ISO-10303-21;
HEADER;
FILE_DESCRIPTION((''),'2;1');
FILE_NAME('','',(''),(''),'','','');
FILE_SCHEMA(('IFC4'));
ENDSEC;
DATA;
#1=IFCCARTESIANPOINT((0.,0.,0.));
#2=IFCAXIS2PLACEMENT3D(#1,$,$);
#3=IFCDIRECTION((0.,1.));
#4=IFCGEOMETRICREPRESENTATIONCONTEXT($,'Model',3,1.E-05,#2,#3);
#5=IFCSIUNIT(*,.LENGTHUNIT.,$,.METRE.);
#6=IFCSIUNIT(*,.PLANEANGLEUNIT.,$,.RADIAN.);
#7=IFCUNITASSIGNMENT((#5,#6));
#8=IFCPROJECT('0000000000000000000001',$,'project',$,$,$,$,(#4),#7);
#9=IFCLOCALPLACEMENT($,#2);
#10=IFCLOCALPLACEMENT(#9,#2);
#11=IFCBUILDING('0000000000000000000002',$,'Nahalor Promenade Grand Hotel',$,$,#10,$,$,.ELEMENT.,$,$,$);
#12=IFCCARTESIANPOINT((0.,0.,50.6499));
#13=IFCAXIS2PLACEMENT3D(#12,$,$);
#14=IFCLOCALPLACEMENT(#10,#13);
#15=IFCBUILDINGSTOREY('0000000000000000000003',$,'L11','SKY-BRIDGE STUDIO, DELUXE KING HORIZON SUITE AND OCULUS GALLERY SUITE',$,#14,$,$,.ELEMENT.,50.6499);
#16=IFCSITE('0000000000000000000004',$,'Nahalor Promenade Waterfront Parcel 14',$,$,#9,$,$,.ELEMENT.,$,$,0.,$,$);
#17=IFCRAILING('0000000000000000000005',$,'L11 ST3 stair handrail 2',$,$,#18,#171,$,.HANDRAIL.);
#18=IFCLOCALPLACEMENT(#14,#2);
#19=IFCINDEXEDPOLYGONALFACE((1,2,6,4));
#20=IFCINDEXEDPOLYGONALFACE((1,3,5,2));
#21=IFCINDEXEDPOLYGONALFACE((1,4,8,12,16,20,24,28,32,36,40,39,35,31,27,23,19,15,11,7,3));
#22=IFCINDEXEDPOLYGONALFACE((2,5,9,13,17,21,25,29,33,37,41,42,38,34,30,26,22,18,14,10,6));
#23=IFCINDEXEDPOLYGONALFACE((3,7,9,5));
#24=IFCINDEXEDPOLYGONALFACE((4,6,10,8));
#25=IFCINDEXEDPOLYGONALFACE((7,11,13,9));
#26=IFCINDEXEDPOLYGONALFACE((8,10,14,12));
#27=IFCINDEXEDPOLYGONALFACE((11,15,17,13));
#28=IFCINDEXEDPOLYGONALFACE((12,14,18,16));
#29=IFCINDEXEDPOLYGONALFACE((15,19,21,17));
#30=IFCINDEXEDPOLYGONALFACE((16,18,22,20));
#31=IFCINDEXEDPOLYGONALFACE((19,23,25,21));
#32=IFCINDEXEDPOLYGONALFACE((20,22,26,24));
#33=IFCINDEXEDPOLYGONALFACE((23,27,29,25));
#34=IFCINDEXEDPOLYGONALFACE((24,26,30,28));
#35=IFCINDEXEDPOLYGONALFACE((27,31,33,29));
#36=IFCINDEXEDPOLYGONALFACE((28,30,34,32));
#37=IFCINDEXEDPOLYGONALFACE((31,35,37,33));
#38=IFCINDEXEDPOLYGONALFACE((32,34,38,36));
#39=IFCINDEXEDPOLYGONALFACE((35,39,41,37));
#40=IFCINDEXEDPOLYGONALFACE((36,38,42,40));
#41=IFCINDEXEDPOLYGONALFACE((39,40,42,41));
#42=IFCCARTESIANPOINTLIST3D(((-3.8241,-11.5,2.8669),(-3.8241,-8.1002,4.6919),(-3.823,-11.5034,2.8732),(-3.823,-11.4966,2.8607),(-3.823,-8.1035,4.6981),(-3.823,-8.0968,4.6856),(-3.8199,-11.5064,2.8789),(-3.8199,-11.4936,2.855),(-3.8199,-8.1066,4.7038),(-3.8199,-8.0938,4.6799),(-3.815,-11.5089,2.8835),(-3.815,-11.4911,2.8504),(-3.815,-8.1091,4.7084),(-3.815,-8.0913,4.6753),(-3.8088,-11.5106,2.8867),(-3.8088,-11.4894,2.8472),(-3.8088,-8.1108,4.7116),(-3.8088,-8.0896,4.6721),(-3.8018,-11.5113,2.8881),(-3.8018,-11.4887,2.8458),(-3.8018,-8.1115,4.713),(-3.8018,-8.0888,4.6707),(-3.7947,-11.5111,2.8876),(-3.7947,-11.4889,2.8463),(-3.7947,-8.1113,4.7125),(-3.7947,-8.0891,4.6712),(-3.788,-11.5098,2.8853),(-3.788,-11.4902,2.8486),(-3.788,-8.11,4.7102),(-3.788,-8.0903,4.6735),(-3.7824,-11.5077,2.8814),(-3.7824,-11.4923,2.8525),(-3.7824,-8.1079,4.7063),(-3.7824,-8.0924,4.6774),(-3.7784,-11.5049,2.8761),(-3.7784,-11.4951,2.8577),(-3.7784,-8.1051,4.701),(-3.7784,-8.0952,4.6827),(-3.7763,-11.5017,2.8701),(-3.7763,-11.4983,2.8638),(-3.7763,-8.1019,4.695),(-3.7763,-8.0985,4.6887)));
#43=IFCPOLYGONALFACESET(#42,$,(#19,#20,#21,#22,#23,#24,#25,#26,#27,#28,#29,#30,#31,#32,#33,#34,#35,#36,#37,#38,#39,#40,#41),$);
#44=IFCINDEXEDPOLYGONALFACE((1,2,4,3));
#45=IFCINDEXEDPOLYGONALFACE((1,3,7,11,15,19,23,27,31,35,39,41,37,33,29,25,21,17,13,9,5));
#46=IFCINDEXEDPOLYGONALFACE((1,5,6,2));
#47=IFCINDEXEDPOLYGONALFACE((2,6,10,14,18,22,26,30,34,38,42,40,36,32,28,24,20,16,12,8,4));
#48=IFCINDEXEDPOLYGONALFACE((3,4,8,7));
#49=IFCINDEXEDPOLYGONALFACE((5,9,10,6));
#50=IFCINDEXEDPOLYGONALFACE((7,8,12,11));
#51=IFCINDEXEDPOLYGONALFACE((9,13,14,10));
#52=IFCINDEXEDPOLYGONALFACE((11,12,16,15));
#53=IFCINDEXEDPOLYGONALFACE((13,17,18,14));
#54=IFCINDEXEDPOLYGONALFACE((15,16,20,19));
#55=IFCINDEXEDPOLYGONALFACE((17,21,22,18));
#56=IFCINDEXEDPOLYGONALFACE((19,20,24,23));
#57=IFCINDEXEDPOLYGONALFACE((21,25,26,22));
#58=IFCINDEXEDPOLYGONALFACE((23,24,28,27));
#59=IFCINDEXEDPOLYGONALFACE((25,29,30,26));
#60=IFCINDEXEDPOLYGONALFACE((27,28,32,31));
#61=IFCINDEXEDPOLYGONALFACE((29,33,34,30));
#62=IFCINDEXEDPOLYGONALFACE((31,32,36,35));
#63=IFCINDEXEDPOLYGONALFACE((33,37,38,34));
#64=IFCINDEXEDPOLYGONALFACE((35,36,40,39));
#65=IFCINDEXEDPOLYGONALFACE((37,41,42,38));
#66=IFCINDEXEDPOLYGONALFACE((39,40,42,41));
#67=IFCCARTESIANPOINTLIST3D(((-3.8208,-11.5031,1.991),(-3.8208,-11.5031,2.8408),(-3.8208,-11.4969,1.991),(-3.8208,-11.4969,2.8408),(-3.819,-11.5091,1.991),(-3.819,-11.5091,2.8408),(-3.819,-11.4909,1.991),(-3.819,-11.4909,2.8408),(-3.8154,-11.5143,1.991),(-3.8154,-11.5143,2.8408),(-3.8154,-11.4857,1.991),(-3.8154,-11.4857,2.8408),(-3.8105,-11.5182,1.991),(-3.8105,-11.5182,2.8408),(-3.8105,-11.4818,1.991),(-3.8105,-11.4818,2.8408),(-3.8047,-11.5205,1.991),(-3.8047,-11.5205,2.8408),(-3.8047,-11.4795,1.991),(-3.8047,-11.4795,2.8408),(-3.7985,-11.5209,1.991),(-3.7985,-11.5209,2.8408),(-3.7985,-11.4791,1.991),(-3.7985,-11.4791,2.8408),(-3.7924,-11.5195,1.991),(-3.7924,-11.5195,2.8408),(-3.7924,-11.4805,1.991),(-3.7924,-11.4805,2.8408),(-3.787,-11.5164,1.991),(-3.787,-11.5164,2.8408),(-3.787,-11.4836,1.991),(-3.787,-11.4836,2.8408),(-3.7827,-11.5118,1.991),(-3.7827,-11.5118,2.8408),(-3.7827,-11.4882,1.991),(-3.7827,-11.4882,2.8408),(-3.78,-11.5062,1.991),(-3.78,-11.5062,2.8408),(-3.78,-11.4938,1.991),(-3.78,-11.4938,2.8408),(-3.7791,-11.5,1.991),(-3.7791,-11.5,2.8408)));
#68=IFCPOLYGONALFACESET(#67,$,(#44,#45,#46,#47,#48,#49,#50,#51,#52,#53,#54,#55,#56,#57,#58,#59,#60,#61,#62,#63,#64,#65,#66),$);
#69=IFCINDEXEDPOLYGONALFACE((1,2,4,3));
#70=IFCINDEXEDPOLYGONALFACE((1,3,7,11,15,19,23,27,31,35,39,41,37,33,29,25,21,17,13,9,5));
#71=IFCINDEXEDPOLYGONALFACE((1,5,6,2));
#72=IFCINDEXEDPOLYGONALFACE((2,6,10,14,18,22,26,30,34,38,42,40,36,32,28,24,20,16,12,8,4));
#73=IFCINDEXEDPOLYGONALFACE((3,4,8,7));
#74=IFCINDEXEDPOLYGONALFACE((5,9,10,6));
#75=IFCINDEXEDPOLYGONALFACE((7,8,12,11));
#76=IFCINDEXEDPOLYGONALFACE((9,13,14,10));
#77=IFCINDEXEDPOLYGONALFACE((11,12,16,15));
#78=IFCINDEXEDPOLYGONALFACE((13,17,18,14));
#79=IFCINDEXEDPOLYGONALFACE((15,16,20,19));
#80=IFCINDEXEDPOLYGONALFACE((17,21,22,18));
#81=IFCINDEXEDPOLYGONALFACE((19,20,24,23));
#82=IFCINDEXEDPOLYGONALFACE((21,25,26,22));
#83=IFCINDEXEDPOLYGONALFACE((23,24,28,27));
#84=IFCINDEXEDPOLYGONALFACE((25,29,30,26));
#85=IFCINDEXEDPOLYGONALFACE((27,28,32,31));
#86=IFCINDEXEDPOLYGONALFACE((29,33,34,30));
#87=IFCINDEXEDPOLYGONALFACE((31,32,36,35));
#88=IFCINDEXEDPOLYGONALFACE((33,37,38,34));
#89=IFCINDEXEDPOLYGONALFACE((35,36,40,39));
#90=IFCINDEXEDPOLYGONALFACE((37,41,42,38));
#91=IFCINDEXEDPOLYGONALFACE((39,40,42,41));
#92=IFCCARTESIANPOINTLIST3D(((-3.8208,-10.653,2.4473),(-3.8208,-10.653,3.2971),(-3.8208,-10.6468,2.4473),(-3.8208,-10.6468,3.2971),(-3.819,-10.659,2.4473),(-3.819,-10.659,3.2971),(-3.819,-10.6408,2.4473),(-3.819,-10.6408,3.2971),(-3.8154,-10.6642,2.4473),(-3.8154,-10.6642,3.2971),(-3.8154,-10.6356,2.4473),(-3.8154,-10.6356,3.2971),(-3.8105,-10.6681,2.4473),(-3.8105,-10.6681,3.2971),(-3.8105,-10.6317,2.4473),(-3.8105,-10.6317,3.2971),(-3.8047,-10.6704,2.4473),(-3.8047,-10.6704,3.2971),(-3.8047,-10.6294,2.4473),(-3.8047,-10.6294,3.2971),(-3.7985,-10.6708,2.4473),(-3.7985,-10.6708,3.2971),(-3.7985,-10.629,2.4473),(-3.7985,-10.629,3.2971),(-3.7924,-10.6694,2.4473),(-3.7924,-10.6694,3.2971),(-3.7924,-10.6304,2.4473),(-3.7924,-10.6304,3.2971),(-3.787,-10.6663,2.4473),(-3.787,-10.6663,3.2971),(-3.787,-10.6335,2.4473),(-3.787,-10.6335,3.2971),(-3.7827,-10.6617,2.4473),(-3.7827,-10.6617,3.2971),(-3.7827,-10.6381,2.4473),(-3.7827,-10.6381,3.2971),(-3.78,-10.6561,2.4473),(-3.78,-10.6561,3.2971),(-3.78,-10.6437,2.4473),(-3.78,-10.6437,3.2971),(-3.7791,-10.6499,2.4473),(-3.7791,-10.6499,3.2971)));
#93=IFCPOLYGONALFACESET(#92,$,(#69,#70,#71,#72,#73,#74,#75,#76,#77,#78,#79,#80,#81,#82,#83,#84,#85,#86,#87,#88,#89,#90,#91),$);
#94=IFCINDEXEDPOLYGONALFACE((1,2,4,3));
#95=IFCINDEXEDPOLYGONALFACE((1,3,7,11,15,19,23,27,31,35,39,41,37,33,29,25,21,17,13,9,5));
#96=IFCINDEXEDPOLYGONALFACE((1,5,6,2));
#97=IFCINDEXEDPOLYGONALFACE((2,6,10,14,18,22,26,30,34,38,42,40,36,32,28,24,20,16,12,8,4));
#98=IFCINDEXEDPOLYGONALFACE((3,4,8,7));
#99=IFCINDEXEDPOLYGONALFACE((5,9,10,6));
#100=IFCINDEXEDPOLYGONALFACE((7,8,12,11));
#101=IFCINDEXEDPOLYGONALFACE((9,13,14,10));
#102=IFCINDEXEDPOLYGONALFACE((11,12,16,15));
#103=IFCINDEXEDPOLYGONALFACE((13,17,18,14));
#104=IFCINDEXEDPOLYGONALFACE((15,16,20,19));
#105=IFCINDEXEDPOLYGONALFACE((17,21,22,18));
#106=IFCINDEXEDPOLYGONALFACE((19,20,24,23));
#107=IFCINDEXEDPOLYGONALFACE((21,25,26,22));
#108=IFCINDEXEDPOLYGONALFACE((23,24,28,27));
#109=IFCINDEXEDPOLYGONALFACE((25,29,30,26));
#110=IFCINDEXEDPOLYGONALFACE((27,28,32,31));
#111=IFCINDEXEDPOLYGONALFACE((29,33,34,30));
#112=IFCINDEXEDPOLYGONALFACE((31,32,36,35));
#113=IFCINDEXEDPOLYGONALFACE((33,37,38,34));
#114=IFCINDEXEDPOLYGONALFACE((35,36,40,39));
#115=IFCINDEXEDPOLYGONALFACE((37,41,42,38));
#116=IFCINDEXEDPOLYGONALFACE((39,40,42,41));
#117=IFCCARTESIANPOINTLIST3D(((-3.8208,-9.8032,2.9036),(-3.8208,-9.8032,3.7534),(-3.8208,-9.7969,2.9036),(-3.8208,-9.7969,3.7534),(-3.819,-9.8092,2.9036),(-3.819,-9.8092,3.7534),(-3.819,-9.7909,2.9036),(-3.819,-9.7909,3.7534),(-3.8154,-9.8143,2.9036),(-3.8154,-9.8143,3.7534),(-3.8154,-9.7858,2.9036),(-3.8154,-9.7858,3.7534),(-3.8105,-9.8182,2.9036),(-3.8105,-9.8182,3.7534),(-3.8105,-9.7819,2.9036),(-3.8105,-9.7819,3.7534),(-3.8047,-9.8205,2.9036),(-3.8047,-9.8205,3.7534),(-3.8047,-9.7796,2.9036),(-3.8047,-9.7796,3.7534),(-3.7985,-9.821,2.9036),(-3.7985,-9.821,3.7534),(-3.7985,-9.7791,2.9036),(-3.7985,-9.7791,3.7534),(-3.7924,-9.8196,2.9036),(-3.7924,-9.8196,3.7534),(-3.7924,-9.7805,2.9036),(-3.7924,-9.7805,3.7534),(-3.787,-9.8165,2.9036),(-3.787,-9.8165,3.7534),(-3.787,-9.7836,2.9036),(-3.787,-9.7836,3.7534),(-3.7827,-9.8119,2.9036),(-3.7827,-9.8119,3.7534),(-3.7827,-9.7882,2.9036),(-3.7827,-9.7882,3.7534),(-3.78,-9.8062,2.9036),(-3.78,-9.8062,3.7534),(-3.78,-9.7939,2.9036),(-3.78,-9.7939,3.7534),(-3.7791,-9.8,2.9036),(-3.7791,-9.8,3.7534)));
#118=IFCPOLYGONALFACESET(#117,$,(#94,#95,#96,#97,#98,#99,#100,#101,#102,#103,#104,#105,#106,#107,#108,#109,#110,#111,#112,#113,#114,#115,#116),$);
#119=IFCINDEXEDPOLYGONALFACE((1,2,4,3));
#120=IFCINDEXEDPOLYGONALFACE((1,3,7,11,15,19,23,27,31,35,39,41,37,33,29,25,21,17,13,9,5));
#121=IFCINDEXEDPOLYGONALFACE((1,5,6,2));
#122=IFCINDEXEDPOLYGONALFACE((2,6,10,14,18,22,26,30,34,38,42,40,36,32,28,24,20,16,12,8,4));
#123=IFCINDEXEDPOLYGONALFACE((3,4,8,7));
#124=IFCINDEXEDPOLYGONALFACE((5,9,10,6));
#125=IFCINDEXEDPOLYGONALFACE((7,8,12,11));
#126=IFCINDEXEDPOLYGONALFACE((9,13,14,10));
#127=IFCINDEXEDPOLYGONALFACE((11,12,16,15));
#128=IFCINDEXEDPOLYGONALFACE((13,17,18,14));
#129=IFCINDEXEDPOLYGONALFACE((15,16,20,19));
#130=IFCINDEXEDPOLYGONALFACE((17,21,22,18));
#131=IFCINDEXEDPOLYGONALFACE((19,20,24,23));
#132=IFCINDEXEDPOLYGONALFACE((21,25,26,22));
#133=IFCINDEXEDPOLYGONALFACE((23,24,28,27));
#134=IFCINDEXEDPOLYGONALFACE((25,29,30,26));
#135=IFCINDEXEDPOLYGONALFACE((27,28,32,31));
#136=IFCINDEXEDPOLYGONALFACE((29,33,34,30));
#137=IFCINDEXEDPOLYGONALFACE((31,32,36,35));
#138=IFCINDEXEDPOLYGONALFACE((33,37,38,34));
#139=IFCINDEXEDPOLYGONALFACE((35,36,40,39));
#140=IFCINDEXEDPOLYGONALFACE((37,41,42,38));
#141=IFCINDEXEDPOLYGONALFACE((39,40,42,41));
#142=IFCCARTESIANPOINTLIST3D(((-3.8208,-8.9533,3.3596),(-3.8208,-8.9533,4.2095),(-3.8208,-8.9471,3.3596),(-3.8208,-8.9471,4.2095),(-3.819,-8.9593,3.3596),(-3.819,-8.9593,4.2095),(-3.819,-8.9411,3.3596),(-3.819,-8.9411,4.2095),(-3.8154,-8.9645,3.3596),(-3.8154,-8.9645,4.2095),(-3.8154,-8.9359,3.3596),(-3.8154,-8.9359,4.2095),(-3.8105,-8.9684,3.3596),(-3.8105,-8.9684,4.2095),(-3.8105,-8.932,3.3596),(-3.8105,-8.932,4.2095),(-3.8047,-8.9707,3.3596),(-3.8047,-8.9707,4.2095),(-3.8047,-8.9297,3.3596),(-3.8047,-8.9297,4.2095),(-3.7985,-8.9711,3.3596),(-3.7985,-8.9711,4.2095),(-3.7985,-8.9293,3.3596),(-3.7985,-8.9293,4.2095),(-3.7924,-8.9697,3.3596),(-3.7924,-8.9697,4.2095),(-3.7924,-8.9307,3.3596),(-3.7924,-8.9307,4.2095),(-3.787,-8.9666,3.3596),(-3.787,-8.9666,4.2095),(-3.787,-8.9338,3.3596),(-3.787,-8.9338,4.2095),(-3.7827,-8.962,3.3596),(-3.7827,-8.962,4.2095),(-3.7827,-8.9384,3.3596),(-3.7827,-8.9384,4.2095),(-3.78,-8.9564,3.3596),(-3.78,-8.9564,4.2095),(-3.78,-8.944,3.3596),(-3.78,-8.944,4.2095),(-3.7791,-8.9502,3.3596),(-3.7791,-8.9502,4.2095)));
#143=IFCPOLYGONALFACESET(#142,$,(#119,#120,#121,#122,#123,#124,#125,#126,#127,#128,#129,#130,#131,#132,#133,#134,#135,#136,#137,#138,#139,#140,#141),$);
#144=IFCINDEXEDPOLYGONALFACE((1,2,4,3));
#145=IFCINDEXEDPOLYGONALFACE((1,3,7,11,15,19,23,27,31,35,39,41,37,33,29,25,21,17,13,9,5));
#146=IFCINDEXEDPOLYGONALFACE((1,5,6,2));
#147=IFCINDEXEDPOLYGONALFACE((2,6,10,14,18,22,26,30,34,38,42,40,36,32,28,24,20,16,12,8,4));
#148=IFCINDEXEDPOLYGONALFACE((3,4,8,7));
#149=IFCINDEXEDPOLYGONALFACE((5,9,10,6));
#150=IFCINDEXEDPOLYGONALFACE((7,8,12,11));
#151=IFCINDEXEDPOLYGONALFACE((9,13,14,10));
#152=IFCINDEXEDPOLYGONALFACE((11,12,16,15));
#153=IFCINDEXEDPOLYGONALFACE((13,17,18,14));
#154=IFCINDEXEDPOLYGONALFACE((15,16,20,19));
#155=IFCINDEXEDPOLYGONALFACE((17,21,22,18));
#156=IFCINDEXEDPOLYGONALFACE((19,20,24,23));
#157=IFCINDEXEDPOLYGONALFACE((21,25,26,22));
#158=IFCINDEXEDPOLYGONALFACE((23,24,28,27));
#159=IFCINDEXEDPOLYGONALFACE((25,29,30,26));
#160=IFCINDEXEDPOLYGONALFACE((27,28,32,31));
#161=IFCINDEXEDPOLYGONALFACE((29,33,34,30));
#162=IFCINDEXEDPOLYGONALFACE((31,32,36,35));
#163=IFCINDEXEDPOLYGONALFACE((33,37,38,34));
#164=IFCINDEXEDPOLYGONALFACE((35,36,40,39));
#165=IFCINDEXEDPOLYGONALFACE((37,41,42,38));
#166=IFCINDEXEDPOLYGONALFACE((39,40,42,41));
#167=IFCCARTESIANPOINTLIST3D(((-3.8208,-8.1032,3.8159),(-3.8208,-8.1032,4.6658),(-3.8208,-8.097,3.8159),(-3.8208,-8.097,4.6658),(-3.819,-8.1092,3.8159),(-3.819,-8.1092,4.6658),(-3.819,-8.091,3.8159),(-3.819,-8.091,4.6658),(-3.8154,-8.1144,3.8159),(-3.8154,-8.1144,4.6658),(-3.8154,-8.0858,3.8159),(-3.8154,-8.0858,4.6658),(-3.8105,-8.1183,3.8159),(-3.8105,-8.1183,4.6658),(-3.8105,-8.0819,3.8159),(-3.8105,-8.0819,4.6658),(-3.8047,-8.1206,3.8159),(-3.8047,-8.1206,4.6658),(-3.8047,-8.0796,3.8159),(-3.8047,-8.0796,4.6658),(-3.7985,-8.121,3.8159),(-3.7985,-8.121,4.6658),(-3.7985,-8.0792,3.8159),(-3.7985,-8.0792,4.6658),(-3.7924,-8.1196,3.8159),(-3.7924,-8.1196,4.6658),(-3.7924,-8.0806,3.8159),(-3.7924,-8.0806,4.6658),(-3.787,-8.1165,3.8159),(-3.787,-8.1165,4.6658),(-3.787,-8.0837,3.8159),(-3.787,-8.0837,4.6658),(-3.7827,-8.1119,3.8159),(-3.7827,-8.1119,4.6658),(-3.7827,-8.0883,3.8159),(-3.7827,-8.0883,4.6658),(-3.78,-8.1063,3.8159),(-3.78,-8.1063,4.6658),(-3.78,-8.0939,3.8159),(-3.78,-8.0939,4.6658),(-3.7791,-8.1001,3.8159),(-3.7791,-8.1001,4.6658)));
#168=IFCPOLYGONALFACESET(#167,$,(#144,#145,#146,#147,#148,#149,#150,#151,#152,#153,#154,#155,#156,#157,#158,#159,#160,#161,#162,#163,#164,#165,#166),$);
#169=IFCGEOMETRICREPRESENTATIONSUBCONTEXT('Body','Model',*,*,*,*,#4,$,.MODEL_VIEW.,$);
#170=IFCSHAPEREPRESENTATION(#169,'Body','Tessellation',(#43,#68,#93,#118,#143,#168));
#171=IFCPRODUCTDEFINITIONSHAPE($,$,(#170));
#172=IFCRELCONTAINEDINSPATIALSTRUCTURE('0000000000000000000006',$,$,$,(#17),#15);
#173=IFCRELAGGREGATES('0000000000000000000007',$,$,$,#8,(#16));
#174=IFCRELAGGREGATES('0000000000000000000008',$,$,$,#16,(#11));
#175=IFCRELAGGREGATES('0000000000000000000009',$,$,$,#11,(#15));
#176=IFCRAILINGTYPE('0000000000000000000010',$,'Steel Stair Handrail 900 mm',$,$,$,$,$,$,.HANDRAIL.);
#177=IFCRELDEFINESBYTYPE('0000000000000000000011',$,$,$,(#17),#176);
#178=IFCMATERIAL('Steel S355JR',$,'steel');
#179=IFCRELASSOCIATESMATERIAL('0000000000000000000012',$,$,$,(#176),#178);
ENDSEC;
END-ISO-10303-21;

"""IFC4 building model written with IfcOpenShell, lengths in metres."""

from ifc_helpers import new_model, si_unit, direction, frame, origin, origin_2d, place, context, subcontext, project, spatial, circle, extrude, material, type_object, element, save


model = new_model("IFC4")

# Units and contexts
model_context = context("Model", 3, precision=1e-05, world=origin(), true_north=direction((0.0, 1.0)))
body_context = subcontext(model_context, "Body", "Model", "MODEL_VIEW")
ifc_project = project(units=[si_unit("LENGTHUNIT", "METRE"), si_unit("PLANEANGLEUNIT", "RADIAN")], contexts=[model_context])

# Site, building, storey
site_placement = place(None, origin())
site = spatial("IfcSite", under=ifc_project, at=site_placement, Name="Nahalor Promenade Waterfront Parcel 14", CompositionType="ELEMENT", RefElevation=0.0)
building_placement = place(site_placement, origin())
building = spatial("IfcBuilding", under=site, at=building_placement, Name="Nahalor Promenade Grand Hotel", CompositionType="ELEMENT")
storey_placement = place(building_placement, frame((0.0, 0.0, 50.6499)))
storey = spatial("IfcBuildingStorey", under=building, at=storey_placement, Name="L11", Description="SKY-BRIDGE STUDIO, DELUXE KING HORIZON SUITE AND OCULUS GALLERY SUITE", CompositionType="ELEMENT", Elevation=50.6499)

# Shared definitions
ifc_material_1 = material(Name="Steel S355JR", Category="steel")

# Railing
railing_type_1 = type_object("IfcRailingType", Name="Steel Stair Handrail 900 mm", PredefinedType="HANDRAIL", material=ifc_material_1)
railing_1_placement = place(storey_placement, frame((-3.8, -11.5, 1.991)))
element("IfcRailing", 1, at=railing_1_placement, inside=storey, type_object=railing_type_1, Name="L11 ST3 stair handrail 2", PredefinedType="HANDRAIL", context=body_context, shape_type="SweptSolid", body=[
    extrude(circle(Radius=0.024, at=origin_2d()), frame((0.0, 0.0, 0.876), z_axis=(0.0, 0.881094, 0.472941), x_axis=(-1.0, 0.0, 0.0)), (0.0, 0.0, 1.0), 3.8586),
    extrude(circle(Radius=0.021, at=origin_2d()), origin(), (0.0, 0.0, 1.0), 0.8499),
    extrude(circle(Radius=0.021, at=origin_2d()), frame((0.0, 0.8501, 0.4563)), (0.0, 0.0, 1.0), 0.8499),
    extrude(circle(Radius=0.021, at=origin_2d()), frame((0.0, 1.7, 0.9126)), (0.0, 0.0, 1.0), 0.8499),
    extrude(circle(Radius=0.021, at=origin_2d()), frame((0.0, 2.5498, 1.3687)), (0.0, 0.0, 1.0), 0.8499),
    extrude(circle(Radius=0.021, at=origin_2d()), frame((0.0, 3.3999, 1.825)), (0.0, 0.0, 1.0), 0.8499),
])

save(model, "model.ifc")
